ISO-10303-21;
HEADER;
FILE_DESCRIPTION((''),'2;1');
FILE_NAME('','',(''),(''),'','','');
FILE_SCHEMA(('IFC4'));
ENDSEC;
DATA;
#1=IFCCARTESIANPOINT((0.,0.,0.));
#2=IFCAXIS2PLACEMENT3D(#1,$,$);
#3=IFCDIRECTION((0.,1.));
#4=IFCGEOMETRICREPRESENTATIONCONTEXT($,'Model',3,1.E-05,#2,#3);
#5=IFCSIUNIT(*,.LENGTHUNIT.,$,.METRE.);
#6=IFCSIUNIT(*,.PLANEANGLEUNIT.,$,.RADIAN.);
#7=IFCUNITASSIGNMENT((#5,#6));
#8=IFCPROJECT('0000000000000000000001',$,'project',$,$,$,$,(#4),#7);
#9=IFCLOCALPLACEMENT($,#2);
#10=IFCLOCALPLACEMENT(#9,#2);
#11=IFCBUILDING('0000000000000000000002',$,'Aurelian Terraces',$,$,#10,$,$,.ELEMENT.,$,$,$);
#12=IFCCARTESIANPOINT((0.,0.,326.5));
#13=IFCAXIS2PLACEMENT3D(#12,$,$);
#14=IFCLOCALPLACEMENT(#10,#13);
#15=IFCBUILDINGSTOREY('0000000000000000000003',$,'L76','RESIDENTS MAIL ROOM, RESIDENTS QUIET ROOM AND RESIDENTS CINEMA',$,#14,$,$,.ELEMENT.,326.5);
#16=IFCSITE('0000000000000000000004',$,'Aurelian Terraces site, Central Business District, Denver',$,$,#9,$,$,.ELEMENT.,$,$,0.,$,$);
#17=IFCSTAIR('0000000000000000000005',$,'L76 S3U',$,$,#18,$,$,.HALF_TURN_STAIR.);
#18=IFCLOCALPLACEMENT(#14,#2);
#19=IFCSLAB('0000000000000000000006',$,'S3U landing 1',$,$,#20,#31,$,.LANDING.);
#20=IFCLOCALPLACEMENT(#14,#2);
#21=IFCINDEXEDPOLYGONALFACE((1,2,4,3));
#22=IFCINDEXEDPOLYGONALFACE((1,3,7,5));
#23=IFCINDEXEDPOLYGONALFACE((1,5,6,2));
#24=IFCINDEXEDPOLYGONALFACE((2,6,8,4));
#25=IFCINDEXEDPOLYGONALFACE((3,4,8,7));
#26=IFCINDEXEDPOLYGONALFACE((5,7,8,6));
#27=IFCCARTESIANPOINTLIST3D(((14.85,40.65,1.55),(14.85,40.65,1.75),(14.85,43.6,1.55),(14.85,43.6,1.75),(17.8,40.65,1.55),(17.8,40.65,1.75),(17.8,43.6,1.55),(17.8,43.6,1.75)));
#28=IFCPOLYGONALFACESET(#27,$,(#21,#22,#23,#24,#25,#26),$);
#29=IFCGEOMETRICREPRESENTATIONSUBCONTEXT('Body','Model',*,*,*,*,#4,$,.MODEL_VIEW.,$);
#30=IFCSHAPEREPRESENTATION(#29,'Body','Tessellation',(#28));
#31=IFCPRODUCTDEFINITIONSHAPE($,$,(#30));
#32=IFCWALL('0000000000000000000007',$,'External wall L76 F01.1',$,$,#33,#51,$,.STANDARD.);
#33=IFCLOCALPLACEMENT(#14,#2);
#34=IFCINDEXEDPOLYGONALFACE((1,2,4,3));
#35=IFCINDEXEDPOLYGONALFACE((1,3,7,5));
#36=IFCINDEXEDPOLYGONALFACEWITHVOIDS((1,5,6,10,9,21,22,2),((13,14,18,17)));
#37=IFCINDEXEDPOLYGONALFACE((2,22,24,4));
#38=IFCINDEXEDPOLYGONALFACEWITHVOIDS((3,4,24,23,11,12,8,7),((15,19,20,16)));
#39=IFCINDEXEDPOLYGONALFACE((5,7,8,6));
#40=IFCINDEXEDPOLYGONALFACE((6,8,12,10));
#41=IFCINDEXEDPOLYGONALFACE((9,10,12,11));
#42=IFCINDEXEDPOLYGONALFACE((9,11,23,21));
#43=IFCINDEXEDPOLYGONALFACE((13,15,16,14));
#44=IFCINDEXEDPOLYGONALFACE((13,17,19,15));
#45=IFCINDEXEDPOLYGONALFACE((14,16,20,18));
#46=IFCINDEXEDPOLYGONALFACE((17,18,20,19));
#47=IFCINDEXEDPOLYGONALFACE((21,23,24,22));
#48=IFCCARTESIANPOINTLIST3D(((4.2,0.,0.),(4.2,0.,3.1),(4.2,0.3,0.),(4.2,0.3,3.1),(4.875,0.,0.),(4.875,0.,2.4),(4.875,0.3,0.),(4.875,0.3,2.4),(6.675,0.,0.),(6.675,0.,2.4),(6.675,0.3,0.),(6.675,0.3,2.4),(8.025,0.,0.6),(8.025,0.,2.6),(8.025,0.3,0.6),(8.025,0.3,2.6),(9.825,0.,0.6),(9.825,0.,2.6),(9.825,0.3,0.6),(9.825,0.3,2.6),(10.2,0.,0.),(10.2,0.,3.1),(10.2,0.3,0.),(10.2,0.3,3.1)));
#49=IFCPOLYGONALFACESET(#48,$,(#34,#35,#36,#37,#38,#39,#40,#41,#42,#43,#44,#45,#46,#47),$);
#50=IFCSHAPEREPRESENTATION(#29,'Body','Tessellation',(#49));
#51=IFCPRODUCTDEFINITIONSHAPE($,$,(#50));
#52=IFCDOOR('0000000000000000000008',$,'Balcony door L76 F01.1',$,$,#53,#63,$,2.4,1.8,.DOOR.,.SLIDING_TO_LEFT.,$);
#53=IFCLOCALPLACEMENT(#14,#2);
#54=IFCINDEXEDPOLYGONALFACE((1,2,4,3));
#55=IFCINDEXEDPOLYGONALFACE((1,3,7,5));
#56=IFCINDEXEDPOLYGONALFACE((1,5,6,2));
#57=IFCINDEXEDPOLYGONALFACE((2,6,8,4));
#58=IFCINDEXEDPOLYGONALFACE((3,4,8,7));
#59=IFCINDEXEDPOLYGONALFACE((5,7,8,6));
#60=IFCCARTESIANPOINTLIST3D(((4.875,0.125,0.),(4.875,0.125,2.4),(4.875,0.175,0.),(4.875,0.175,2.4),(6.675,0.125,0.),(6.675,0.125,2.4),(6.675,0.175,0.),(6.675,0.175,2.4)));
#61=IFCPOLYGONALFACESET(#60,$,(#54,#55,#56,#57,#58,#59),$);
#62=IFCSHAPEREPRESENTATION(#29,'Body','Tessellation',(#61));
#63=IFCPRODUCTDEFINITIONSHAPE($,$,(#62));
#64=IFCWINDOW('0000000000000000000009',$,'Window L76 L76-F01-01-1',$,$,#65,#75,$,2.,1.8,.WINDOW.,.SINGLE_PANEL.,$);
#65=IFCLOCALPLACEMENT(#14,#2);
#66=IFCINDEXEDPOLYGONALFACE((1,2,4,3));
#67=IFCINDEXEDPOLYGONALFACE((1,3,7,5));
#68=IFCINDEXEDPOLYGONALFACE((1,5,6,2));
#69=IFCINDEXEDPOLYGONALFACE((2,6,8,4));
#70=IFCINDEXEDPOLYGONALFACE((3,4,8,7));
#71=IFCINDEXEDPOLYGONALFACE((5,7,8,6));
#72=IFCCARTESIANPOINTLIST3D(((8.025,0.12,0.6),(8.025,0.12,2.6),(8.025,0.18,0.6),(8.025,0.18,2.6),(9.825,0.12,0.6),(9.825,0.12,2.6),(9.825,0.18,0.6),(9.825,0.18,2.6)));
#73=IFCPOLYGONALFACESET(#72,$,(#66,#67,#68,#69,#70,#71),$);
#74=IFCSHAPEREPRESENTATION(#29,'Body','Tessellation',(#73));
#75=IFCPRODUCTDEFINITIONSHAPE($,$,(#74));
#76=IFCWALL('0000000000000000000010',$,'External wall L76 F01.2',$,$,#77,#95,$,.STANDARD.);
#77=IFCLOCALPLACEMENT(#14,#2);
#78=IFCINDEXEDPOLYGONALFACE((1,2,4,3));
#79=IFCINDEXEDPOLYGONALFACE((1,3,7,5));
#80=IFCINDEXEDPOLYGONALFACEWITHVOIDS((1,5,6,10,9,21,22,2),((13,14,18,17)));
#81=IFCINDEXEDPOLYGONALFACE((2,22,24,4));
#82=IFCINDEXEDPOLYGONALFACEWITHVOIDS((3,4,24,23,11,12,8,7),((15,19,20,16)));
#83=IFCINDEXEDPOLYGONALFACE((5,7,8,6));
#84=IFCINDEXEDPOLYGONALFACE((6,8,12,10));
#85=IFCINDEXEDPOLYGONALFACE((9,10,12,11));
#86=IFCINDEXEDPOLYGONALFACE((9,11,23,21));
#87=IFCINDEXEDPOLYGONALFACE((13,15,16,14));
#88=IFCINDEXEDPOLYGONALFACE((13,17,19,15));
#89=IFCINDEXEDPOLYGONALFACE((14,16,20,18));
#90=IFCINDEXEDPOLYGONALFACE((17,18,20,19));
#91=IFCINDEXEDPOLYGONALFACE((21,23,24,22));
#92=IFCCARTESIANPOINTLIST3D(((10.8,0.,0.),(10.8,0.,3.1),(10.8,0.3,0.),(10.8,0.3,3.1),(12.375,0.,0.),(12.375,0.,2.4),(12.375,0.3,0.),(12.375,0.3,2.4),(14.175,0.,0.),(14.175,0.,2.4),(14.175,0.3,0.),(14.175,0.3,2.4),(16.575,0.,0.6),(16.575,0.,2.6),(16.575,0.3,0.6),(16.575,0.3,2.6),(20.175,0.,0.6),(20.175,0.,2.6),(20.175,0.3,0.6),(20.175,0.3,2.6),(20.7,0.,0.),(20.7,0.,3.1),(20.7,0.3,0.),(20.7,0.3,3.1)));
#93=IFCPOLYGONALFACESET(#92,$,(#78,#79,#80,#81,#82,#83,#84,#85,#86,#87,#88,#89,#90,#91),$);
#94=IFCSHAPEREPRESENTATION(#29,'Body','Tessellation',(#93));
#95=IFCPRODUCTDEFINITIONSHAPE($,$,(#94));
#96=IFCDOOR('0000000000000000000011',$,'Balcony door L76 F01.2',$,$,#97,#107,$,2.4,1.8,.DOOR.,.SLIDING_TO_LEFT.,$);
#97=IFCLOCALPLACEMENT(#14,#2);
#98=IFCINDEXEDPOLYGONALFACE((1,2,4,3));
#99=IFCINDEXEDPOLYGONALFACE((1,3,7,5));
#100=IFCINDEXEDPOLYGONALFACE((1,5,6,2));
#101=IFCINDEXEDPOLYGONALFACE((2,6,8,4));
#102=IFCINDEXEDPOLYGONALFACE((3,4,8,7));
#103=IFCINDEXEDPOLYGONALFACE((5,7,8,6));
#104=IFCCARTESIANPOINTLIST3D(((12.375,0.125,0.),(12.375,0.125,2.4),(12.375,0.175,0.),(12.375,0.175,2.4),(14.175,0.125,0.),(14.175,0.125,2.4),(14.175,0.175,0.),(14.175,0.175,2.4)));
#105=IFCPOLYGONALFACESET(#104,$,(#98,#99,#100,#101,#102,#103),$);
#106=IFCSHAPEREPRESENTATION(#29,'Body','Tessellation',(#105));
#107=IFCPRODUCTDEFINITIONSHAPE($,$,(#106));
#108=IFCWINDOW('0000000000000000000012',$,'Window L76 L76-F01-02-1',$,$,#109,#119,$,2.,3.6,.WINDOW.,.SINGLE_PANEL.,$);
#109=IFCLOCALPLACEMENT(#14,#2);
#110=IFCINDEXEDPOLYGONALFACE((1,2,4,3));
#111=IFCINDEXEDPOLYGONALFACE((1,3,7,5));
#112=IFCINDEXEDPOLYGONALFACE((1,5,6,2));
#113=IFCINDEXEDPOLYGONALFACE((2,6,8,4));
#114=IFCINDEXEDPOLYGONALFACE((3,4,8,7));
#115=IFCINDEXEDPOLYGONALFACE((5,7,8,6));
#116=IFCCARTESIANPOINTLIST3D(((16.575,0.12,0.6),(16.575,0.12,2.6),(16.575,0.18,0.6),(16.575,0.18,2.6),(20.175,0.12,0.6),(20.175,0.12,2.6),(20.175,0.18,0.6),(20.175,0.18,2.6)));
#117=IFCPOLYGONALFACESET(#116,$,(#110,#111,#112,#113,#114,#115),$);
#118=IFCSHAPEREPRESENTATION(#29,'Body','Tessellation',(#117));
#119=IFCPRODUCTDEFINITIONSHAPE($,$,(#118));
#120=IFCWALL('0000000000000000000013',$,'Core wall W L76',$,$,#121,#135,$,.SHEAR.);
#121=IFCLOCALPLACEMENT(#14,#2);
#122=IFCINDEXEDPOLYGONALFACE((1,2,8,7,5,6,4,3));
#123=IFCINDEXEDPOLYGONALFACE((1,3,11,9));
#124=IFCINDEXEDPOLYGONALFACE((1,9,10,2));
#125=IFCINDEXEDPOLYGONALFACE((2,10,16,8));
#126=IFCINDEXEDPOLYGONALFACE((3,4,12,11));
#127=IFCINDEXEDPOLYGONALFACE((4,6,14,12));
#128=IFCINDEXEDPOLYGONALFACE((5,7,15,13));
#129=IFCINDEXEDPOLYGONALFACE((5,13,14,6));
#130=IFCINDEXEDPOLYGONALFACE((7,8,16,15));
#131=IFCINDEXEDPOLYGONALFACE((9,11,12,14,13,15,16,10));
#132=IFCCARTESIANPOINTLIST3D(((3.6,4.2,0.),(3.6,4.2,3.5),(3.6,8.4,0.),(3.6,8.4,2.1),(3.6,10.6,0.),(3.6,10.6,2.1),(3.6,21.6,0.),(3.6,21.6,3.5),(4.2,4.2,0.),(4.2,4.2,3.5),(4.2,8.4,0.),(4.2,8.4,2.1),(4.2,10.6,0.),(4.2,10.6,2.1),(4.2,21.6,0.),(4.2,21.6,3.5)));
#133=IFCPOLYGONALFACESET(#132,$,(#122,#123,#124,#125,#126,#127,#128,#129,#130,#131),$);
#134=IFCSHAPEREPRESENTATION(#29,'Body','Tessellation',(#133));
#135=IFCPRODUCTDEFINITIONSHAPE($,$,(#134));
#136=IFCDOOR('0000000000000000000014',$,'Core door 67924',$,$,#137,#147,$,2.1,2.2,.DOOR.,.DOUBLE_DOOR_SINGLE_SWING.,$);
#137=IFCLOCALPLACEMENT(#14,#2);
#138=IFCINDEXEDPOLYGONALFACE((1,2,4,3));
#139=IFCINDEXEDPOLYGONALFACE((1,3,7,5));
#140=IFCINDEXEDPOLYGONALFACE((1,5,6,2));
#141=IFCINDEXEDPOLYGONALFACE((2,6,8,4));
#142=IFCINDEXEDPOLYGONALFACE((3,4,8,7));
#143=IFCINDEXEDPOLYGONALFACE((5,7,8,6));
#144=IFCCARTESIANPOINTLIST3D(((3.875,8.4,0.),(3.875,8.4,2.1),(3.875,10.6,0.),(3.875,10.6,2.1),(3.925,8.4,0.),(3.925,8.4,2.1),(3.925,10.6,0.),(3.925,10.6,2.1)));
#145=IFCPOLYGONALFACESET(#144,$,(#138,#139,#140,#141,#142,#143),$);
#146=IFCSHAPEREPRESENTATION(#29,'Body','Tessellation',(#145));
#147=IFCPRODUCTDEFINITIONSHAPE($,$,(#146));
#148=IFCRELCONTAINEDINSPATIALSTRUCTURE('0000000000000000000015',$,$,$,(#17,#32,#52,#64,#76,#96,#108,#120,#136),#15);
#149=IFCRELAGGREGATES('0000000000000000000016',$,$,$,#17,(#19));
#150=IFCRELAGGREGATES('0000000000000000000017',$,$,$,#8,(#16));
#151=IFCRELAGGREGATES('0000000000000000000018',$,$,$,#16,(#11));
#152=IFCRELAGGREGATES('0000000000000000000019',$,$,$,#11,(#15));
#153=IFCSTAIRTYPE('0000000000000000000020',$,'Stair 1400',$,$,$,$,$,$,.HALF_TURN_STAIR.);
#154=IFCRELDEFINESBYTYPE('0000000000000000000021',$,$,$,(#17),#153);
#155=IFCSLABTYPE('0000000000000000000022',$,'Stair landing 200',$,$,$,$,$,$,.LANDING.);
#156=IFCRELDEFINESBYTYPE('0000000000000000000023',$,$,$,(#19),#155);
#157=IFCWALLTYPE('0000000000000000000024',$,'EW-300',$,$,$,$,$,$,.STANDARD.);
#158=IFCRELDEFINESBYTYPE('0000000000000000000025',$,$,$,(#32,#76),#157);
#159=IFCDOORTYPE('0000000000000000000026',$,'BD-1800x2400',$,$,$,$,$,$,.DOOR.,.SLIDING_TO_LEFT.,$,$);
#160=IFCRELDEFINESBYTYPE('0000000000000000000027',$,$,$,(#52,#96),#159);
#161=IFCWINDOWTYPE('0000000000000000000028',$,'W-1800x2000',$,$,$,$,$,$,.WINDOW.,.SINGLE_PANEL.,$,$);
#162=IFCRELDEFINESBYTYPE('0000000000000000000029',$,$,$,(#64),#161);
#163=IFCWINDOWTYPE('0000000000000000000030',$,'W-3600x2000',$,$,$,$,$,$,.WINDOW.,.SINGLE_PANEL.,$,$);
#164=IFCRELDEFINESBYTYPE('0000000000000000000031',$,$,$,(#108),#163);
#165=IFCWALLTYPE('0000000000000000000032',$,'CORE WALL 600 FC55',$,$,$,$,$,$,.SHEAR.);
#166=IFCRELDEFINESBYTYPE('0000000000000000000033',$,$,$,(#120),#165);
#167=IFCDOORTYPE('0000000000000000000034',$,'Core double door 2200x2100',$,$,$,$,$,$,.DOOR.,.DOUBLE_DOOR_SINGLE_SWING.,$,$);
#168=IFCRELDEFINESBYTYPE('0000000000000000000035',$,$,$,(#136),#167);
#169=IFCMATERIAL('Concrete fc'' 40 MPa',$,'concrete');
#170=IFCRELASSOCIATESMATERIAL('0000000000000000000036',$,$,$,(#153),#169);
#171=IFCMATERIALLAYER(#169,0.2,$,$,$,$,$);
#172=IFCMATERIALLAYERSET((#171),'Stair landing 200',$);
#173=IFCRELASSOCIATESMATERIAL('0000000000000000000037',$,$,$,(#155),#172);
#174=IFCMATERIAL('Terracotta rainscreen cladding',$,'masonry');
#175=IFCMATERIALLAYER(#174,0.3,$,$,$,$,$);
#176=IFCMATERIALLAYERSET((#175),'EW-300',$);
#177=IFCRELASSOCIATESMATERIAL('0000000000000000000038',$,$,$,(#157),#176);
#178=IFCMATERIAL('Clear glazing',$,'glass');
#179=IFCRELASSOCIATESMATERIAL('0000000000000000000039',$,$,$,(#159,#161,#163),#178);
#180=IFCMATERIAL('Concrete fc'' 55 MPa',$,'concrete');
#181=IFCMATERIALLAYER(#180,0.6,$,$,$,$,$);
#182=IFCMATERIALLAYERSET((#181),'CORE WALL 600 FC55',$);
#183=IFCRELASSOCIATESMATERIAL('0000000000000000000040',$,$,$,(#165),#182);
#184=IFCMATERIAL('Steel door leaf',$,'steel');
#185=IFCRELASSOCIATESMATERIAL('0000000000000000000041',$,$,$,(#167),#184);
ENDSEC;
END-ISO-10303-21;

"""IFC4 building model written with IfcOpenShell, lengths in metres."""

from ifc_helpers import new_model, si_unit, direction, frame, frame_2d, origin, place, context, subcontext, project, spatial, polyline, rectangle, outline, extrude, source, transform, mapped, material, layer, layer_set, type_object, element, fill, aggregate, save


model = new_model("IFC4")

# Units and contexts
model_context = context("Model", 3, precision=1e-05, world=origin(), true_north=direction((0.0, 1.0)))
body_context = subcontext(model_context, "Body", "Model", "MODEL_VIEW")
ifc_project = project(units=[si_unit("LENGTHUNIT", "METRE"), si_unit("PLANEANGLEUNIT", "RADIAN")], contexts=[model_context])

# Site, building, storey
site_placement = place(None, origin())
site = spatial("IfcSite", under=ifc_project, at=site_placement, Name="Aurelian Terraces site, Central Business District, Denver", CompositionType="ELEMENT", RefElevation=0.0)
building_placement = place(site_placement, origin())
building = spatial("IfcBuilding", under=site, at=building_placement, Name="Aurelian Terraces", CompositionType="ELEMENT")
storey_placement = place(building_placement, frame((0.0, 0.0, 326.5)))
storey = spatial("IfcBuildingStorey", under=building, at=storey_placement, Name="L76", Description="RESIDENTS MAIL ROOM, RESIDENTS QUIET ROOM AND RESIDENTS CINEMA", CompositionType="ELEMENT", Elevation=326.5)

# Shared definitions
ifc_material_1 = material(Name="Concrete fc' 55 MPa", Category="concrete")

# Shared definitions
ifc_material_2 = material(Name="Concrete fc' 40 MPa", Category="concrete")

# Stair, slab
stair_type = type_object("IfcStairType", Name="Stair 1400", PredefinedType="HALF_TURN_STAIR", material=ifc_material_2)
ifc_layer_1 = layer(ifc_material_2, 0.2)
ifc_layer_set_1 = layer_set([ifc_layer_1], Name="Stair landing 200")
slab_type_1 = type_object("IfcSlabType", Name="Stair landing 200", PredefinedType="LANDING", material=ifc_layer_set_1)
stair_1_placement = place(storey_placement, origin())
stair_1 = element("IfcStair", 1, at=stair_1_placement, inside=storey, type_object=stair_type, Name="L76 S3U", PredefinedType="HALF_TURN_STAIR")
shared_shape_1 = source(origin(), body_context, "Body", "SweptSolid", [
    extrude(outline(polyline([(14.85, 40.65), (17.8, 40.65), (17.8, 43.6), (14.85, 43.6), (14.85, 40.65)])), origin(), (0.0, 0.0, 1.0), 0.2),
])
slab_1_placement = place(storey_placement, frame((0.0, 0.0, 1.55)))
slab_1 = element("IfcSlab", 2, at=slab_1_placement, type_object=slab_type_1, Name="S3U landing 1", PredefinedType="LANDING", context=body_context, shape_type="MappedRepresentation", body=[
    mapped(shared_shape_1, transform((0.0, 0.0, 0.0), scale=1.0)),
])
aggregate(stair_1, [slab_1])

# Walls, openings, doors, windows
ifc_material_3 = material(Name="Terracotta rainscreen cladding", Category="masonry")
ifc_layer_2 = layer(ifc_material_3, 0.3)
ifc_layer_set_2 = layer_set([ifc_layer_2], Name="EW-300")
wall_type_1 = type_object("IfcWallType", Name="EW-300", PredefinedType="STANDARD", material=ifc_layer_set_2)
wall_1_placement = place(storey_placement, frame((4.2, 0.15, 0.0), z_axis=(0.0, 0.0, 1.0), x_axis=(1.0, 0.0, 0.0)))
wall_1 = element("IfcWall", 3, at=wall_1_placement, inside=storey, type_object=wall_type_1, Name="External wall L76 F01.1", PredefinedType="STANDARD", context=body_context, shape_type="SweptSolid", body=[
    extrude(rectangle(XDim=6.0, YDim=0.3, at=frame_2d((3.0, 0.0))), origin(), (0.0, 0.0, 1.0), 3.1),
])
shared_shape_2 = source(origin(), body_context, "Body", "SweptSolid", [
    extrude(rectangle(XDim=1.8, YDim=2.4, at=frame_2d((0.9, 1.2))), frame((0.0, 0.16, 0.0), z_axis=(0.0, -1.0, 0.0), x_axis=(1.0, 0.0, 0.0)), (0.0, 0.0, 1.0), 0.32),
])
opening_1_placement = place(wall_1_placement, frame((0.675, 0.0, 0.0)))
opening_1 = element("IfcOpeningElement", 4, at=opening_1_placement, cuts=wall_1, PredefinedType="OPENING", context=body_context, shape_type="MappedRepresentation", body=[
    mapped(shared_shape_2, transform((0.0, 0.0, 0.0), scale=1.0)),
])
shared_shape_3 = source(origin(), body_context, "Body", "SweptSolid", [
    extrude(rectangle(XDim=1.8, YDim=2.0, at=frame_2d((0.9, 1.0))), frame((0.0, 0.16, 0.0), z_axis=(0.0, -1.0, 0.0), x_axis=(1.0, 0.0, 0.0)), (0.0, 0.0, 1.0), 0.32),
])
opening_2_placement = place(wall_1_placement, frame((3.825, 0.0, 0.6)))
opening_2 = element("IfcOpeningElement", 5, at=opening_2_placement, cuts=wall_1, PredefinedType="OPENING", context=body_context, shape_type="MappedRepresentation", body=[
    mapped(shared_shape_3, transform((0.0, 0.0, 0.0), scale=1.0)),
])
ifc_material_4 = material(Name="Clear glazing", Category="glass")
door_type_1 = type_object("IfcDoorType", Name="BD-1800x2400", OperationType="SLIDING_TO_LEFT", PredefinedType="DOOR", material=ifc_material_4)
shared_shape_4 = source(origin(), body_context, "Body", "SweptSolid", [
    extrude(rectangle(XDim=1.8, YDim=2.4, at=frame_2d((0.9, 1.2))), frame((0.0, 0.025, 0.0), z_axis=(0.0, -1.0, 0.0), x_axis=(1.0, 0.0, 0.0)), (0.0, 0.0, 1.0), 0.05),
])
door_1_placement = place(opening_1_placement, origin())
door_1 = element("IfcDoor", 6, at=door_1_placement, inside=storey, type_object=door_type_1, Name="Balcony door L76 F01.1", OperationType="SLIDING_TO_LEFT", OverallHeight=2.4, OverallWidth=1.8, PredefinedType="DOOR", context=body_context, shape_type="MappedRepresentation", body=[
    mapped(shared_shape_4, transform((0.0, 0.0, 0.0), scale=1.0)),
])
fill(opening_1, door_1)
window_type_1 = type_object("IfcWindowType", Name="W-1800x2000", PartitioningType="SINGLE_PANEL", PredefinedType="WINDOW", material=ifc_material_4)
shared_shape_5 = source(origin(), body_context, "Body", "SweptSolid", [
    extrude(rectangle(XDim=1.8, YDim=2.0, at=frame_2d((0.9, 1.0))), frame((0.0, 0.03, 0.0), z_axis=(0.0, -1.0, 0.0), x_axis=(1.0, 0.0, 0.0)), (0.0, 0.0, 1.0), 0.06),
])
window_1_placement = place(opening_2_placement, origin())
window_1 = element("IfcWindow", 7, at=window_1_placement, inside=storey, type_object=window_type_1, Name="Window L76 L76-F01-01-1", OverallHeight=2.0, OverallWidth=1.8, PartitioningType="SINGLE_PANEL", PredefinedType="WINDOW", context=body_context, shape_type="MappedRepresentation", body=[
    mapped(shared_shape_5, transform((0.0, 0.0, 0.0), scale=1.0)),
])
fill(opening_2, window_1)
wall_2_placement = place(storey_placement, frame((10.8, 0.15, 0.0), z_axis=(0.0, 0.0, 1.0), x_axis=(1.0, 0.0, 0.0)))
wall_2 = element("IfcWall", 8, at=wall_2_placement, inside=storey, type_object=wall_type_1, Name="External wall L76 F01.2", PredefinedType="STANDARD", context=body_context, shape_type="SweptSolid", body=[
    extrude(rectangle(XDim=9.9, YDim=0.3, at=frame_2d((4.95, 0.0))), origin(), (0.0, 0.0, 1.0), 3.1),
])
opening_3_placement = place(wall_2_placement, frame((1.575, 0.0, 0.0)))
opening_3 = element("IfcOpeningElement", 9, at=opening_3_placement, cuts=wall_2, PredefinedType="OPENING", context=body_context, shape_type="MappedRepresentation", body=[
    mapped(shared_shape_2, transform((0.0, 0.0, 0.0), scale=1.0)),
])
shared_shape_6 = source(origin(), body_context, "Body", "SweptSolid", [
    extrude(rectangle(XDim=3.6, YDim=2.0, at=frame_2d((1.8, 1.0))), frame((0.0, 0.16, 0.0), z_axis=(0.0, -1.0, 0.0), x_axis=(1.0, 0.0, 0.0)), (0.0, 0.0, 1.0), 0.32),
])
opening_4_placement = place(wall_2_placement, frame((5.775, 0.0, 0.6)))
opening_4 = element("IfcOpeningElement", 10, at=opening_4_placement, cuts=wall_2, PredefinedType="OPENING", context=body_context, shape_type="MappedRepresentation", body=[
    mapped(shared_shape_6, transform((0.0, 0.0, 0.0), scale=1.0)),
])
door_2_placement = place(opening_3_placement, origin())
door_2 = element("IfcDoor", 11, at=door_2_placement, inside=storey, type_object=door_type_1, Name="Balcony door L76 F01.2", OperationType="SLIDING_TO_LEFT", OverallHeight=2.4, OverallWidth=1.8, PredefinedType="DOOR", context=body_context, shape_type="MappedRepresentation", body=[
    mapped(shared_shape_4, transform((0.0, 0.0, 0.0), scale=1.0)),
])
fill(opening_3, door_2)
window_type_2 = type_object("IfcWindowType", Name="W-3600x2000", PartitioningType="SINGLE_PANEL", PredefinedType="WINDOW", material=ifc_material_4)
shared_shape_7 = source(origin(), body_context, "Body", "SweptSolid", [
    extrude(rectangle(XDim=3.6, YDim=2.0, at=frame_2d((1.8, 1.0))), frame((0.0, 0.03, 0.0), z_axis=(0.0, -1.0, 0.0), x_axis=(1.0, 0.0, 0.0)), (0.0, 0.0, 1.0), 0.06),
])
window_2_placement = place(opening_4_placement, origin())
window_2 = element("IfcWindow", 12, at=window_2_placement, inside=storey, type_object=window_type_2, Name="Window L76 L76-F01-02-1", OverallHeight=2.0, OverallWidth=3.6, PartitioningType="SINGLE_PANEL", PredefinedType="WINDOW", context=body_context, shape_type="MappedRepresentation", body=[
    mapped(shared_shape_7, transform((0.0, 0.0, 0.0), scale=1.0)),
])
fill(opening_4, window_2)

# Wall, opening, door
ifc_layer_3 = layer(ifc_material_1, 0.6)
ifc_layer_set_3 = layer_set([ifc_layer_3], Name="CORE WALL 600 FC55")
wall_type_2 = type_object("IfcWallType", Name="CORE WALL 600 FC55", PredefinedType="SHEAR", material=ifc_layer_set_3)
shared_shape_8 = source(origin(), body_context, "Body", "SweptSolid", [
    extrude(rectangle(XDim=17.4, YDim=0.6, at=frame_2d((8.7, 0.0))), origin(), (0.0, 0.0, 1.0), 3.5),
])
wall_3_placement = place(storey_placement, frame((3.9, 4.2, 0.0), z_axis=(0.0, 0.0, 1.0), x_axis=(0.0, 1.0, 0.0)))
wall_3 = element("IfcWall", 13, at=wall_3_placement, inside=storey, type_object=wall_type_2, Name="Core wall W L76", PredefinedType="SHEAR", context=body_context, shape_type="MappedRepresentation", body=[
    mapped(shared_shape_8, transform((0.0, 0.0, 0.0), scale=1.0)),
])
shared_shape_9 = source(origin(), body_context, "Body", "SweptSolid", [
    extrude(rectangle(XDim=2.2, YDim=2.1, at=frame_2d((1.1, 1.05))), frame((0.0, 0.31, 0.0), z_axis=(0.0, -1.0, 0.0), x_axis=(1.0, 0.0, 0.0)), (0.0, 0.0, 1.0), 0.62),
])
opening_5_placement = place(wall_3_placement, frame((4.2, 0.0, 0.0)))
opening_5 = element("IfcOpeningElement", 14, at=opening_5_placement, cuts=wall_3, PredefinedType="OPENING", context=body_context, shape_type="MappedRepresentation", body=[
    mapped(shared_shape_9, transform((0.0, 0.0, 0.0), scale=1.0)),
])
ifc_material_5 = material(Name="Steel door leaf", Category="steel")
door_type_2 = type_object("IfcDoorType", Name="Core double door 2200x2100", OperationType="DOUBLE_DOOR_SINGLE_SWING", PredefinedType="DOOR", material=ifc_material_5)
shared_shape_10 = source(origin(), body_context, "Body", "SweptSolid", [
    extrude(rectangle(XDim=2.2, YDim=2.1, at=frame_2d((1.1, 1.05))), frame((0.0, 0.025, 0.0), z_axis=(0.0, -1.0, 0.0), x_axis=(1.0, 0.0, 0.0)), (0.0, 0.0, 1.0), 0.05),
])
door_3_placement = place(opening_5_placement, origin())
door_3 = element("IfcDoor", 15, at=door_3_placement, inside=storey, type_object=door_type_2, Name="Core door 67924", OperationType="DOUBLE_DOOR_SINGLE_SWING", OverallHeight=2.1, OverallWidth=2.2, PredefinedType="DOOR", context=body_context, shape_type="MappedRepresentation", body=[
    mapped(shared_shape_10, transform((0.0, 0.0, 0.0), scale=1.0)),
])
fill(opening_5, door_3)

save(model, "model.ifc")
